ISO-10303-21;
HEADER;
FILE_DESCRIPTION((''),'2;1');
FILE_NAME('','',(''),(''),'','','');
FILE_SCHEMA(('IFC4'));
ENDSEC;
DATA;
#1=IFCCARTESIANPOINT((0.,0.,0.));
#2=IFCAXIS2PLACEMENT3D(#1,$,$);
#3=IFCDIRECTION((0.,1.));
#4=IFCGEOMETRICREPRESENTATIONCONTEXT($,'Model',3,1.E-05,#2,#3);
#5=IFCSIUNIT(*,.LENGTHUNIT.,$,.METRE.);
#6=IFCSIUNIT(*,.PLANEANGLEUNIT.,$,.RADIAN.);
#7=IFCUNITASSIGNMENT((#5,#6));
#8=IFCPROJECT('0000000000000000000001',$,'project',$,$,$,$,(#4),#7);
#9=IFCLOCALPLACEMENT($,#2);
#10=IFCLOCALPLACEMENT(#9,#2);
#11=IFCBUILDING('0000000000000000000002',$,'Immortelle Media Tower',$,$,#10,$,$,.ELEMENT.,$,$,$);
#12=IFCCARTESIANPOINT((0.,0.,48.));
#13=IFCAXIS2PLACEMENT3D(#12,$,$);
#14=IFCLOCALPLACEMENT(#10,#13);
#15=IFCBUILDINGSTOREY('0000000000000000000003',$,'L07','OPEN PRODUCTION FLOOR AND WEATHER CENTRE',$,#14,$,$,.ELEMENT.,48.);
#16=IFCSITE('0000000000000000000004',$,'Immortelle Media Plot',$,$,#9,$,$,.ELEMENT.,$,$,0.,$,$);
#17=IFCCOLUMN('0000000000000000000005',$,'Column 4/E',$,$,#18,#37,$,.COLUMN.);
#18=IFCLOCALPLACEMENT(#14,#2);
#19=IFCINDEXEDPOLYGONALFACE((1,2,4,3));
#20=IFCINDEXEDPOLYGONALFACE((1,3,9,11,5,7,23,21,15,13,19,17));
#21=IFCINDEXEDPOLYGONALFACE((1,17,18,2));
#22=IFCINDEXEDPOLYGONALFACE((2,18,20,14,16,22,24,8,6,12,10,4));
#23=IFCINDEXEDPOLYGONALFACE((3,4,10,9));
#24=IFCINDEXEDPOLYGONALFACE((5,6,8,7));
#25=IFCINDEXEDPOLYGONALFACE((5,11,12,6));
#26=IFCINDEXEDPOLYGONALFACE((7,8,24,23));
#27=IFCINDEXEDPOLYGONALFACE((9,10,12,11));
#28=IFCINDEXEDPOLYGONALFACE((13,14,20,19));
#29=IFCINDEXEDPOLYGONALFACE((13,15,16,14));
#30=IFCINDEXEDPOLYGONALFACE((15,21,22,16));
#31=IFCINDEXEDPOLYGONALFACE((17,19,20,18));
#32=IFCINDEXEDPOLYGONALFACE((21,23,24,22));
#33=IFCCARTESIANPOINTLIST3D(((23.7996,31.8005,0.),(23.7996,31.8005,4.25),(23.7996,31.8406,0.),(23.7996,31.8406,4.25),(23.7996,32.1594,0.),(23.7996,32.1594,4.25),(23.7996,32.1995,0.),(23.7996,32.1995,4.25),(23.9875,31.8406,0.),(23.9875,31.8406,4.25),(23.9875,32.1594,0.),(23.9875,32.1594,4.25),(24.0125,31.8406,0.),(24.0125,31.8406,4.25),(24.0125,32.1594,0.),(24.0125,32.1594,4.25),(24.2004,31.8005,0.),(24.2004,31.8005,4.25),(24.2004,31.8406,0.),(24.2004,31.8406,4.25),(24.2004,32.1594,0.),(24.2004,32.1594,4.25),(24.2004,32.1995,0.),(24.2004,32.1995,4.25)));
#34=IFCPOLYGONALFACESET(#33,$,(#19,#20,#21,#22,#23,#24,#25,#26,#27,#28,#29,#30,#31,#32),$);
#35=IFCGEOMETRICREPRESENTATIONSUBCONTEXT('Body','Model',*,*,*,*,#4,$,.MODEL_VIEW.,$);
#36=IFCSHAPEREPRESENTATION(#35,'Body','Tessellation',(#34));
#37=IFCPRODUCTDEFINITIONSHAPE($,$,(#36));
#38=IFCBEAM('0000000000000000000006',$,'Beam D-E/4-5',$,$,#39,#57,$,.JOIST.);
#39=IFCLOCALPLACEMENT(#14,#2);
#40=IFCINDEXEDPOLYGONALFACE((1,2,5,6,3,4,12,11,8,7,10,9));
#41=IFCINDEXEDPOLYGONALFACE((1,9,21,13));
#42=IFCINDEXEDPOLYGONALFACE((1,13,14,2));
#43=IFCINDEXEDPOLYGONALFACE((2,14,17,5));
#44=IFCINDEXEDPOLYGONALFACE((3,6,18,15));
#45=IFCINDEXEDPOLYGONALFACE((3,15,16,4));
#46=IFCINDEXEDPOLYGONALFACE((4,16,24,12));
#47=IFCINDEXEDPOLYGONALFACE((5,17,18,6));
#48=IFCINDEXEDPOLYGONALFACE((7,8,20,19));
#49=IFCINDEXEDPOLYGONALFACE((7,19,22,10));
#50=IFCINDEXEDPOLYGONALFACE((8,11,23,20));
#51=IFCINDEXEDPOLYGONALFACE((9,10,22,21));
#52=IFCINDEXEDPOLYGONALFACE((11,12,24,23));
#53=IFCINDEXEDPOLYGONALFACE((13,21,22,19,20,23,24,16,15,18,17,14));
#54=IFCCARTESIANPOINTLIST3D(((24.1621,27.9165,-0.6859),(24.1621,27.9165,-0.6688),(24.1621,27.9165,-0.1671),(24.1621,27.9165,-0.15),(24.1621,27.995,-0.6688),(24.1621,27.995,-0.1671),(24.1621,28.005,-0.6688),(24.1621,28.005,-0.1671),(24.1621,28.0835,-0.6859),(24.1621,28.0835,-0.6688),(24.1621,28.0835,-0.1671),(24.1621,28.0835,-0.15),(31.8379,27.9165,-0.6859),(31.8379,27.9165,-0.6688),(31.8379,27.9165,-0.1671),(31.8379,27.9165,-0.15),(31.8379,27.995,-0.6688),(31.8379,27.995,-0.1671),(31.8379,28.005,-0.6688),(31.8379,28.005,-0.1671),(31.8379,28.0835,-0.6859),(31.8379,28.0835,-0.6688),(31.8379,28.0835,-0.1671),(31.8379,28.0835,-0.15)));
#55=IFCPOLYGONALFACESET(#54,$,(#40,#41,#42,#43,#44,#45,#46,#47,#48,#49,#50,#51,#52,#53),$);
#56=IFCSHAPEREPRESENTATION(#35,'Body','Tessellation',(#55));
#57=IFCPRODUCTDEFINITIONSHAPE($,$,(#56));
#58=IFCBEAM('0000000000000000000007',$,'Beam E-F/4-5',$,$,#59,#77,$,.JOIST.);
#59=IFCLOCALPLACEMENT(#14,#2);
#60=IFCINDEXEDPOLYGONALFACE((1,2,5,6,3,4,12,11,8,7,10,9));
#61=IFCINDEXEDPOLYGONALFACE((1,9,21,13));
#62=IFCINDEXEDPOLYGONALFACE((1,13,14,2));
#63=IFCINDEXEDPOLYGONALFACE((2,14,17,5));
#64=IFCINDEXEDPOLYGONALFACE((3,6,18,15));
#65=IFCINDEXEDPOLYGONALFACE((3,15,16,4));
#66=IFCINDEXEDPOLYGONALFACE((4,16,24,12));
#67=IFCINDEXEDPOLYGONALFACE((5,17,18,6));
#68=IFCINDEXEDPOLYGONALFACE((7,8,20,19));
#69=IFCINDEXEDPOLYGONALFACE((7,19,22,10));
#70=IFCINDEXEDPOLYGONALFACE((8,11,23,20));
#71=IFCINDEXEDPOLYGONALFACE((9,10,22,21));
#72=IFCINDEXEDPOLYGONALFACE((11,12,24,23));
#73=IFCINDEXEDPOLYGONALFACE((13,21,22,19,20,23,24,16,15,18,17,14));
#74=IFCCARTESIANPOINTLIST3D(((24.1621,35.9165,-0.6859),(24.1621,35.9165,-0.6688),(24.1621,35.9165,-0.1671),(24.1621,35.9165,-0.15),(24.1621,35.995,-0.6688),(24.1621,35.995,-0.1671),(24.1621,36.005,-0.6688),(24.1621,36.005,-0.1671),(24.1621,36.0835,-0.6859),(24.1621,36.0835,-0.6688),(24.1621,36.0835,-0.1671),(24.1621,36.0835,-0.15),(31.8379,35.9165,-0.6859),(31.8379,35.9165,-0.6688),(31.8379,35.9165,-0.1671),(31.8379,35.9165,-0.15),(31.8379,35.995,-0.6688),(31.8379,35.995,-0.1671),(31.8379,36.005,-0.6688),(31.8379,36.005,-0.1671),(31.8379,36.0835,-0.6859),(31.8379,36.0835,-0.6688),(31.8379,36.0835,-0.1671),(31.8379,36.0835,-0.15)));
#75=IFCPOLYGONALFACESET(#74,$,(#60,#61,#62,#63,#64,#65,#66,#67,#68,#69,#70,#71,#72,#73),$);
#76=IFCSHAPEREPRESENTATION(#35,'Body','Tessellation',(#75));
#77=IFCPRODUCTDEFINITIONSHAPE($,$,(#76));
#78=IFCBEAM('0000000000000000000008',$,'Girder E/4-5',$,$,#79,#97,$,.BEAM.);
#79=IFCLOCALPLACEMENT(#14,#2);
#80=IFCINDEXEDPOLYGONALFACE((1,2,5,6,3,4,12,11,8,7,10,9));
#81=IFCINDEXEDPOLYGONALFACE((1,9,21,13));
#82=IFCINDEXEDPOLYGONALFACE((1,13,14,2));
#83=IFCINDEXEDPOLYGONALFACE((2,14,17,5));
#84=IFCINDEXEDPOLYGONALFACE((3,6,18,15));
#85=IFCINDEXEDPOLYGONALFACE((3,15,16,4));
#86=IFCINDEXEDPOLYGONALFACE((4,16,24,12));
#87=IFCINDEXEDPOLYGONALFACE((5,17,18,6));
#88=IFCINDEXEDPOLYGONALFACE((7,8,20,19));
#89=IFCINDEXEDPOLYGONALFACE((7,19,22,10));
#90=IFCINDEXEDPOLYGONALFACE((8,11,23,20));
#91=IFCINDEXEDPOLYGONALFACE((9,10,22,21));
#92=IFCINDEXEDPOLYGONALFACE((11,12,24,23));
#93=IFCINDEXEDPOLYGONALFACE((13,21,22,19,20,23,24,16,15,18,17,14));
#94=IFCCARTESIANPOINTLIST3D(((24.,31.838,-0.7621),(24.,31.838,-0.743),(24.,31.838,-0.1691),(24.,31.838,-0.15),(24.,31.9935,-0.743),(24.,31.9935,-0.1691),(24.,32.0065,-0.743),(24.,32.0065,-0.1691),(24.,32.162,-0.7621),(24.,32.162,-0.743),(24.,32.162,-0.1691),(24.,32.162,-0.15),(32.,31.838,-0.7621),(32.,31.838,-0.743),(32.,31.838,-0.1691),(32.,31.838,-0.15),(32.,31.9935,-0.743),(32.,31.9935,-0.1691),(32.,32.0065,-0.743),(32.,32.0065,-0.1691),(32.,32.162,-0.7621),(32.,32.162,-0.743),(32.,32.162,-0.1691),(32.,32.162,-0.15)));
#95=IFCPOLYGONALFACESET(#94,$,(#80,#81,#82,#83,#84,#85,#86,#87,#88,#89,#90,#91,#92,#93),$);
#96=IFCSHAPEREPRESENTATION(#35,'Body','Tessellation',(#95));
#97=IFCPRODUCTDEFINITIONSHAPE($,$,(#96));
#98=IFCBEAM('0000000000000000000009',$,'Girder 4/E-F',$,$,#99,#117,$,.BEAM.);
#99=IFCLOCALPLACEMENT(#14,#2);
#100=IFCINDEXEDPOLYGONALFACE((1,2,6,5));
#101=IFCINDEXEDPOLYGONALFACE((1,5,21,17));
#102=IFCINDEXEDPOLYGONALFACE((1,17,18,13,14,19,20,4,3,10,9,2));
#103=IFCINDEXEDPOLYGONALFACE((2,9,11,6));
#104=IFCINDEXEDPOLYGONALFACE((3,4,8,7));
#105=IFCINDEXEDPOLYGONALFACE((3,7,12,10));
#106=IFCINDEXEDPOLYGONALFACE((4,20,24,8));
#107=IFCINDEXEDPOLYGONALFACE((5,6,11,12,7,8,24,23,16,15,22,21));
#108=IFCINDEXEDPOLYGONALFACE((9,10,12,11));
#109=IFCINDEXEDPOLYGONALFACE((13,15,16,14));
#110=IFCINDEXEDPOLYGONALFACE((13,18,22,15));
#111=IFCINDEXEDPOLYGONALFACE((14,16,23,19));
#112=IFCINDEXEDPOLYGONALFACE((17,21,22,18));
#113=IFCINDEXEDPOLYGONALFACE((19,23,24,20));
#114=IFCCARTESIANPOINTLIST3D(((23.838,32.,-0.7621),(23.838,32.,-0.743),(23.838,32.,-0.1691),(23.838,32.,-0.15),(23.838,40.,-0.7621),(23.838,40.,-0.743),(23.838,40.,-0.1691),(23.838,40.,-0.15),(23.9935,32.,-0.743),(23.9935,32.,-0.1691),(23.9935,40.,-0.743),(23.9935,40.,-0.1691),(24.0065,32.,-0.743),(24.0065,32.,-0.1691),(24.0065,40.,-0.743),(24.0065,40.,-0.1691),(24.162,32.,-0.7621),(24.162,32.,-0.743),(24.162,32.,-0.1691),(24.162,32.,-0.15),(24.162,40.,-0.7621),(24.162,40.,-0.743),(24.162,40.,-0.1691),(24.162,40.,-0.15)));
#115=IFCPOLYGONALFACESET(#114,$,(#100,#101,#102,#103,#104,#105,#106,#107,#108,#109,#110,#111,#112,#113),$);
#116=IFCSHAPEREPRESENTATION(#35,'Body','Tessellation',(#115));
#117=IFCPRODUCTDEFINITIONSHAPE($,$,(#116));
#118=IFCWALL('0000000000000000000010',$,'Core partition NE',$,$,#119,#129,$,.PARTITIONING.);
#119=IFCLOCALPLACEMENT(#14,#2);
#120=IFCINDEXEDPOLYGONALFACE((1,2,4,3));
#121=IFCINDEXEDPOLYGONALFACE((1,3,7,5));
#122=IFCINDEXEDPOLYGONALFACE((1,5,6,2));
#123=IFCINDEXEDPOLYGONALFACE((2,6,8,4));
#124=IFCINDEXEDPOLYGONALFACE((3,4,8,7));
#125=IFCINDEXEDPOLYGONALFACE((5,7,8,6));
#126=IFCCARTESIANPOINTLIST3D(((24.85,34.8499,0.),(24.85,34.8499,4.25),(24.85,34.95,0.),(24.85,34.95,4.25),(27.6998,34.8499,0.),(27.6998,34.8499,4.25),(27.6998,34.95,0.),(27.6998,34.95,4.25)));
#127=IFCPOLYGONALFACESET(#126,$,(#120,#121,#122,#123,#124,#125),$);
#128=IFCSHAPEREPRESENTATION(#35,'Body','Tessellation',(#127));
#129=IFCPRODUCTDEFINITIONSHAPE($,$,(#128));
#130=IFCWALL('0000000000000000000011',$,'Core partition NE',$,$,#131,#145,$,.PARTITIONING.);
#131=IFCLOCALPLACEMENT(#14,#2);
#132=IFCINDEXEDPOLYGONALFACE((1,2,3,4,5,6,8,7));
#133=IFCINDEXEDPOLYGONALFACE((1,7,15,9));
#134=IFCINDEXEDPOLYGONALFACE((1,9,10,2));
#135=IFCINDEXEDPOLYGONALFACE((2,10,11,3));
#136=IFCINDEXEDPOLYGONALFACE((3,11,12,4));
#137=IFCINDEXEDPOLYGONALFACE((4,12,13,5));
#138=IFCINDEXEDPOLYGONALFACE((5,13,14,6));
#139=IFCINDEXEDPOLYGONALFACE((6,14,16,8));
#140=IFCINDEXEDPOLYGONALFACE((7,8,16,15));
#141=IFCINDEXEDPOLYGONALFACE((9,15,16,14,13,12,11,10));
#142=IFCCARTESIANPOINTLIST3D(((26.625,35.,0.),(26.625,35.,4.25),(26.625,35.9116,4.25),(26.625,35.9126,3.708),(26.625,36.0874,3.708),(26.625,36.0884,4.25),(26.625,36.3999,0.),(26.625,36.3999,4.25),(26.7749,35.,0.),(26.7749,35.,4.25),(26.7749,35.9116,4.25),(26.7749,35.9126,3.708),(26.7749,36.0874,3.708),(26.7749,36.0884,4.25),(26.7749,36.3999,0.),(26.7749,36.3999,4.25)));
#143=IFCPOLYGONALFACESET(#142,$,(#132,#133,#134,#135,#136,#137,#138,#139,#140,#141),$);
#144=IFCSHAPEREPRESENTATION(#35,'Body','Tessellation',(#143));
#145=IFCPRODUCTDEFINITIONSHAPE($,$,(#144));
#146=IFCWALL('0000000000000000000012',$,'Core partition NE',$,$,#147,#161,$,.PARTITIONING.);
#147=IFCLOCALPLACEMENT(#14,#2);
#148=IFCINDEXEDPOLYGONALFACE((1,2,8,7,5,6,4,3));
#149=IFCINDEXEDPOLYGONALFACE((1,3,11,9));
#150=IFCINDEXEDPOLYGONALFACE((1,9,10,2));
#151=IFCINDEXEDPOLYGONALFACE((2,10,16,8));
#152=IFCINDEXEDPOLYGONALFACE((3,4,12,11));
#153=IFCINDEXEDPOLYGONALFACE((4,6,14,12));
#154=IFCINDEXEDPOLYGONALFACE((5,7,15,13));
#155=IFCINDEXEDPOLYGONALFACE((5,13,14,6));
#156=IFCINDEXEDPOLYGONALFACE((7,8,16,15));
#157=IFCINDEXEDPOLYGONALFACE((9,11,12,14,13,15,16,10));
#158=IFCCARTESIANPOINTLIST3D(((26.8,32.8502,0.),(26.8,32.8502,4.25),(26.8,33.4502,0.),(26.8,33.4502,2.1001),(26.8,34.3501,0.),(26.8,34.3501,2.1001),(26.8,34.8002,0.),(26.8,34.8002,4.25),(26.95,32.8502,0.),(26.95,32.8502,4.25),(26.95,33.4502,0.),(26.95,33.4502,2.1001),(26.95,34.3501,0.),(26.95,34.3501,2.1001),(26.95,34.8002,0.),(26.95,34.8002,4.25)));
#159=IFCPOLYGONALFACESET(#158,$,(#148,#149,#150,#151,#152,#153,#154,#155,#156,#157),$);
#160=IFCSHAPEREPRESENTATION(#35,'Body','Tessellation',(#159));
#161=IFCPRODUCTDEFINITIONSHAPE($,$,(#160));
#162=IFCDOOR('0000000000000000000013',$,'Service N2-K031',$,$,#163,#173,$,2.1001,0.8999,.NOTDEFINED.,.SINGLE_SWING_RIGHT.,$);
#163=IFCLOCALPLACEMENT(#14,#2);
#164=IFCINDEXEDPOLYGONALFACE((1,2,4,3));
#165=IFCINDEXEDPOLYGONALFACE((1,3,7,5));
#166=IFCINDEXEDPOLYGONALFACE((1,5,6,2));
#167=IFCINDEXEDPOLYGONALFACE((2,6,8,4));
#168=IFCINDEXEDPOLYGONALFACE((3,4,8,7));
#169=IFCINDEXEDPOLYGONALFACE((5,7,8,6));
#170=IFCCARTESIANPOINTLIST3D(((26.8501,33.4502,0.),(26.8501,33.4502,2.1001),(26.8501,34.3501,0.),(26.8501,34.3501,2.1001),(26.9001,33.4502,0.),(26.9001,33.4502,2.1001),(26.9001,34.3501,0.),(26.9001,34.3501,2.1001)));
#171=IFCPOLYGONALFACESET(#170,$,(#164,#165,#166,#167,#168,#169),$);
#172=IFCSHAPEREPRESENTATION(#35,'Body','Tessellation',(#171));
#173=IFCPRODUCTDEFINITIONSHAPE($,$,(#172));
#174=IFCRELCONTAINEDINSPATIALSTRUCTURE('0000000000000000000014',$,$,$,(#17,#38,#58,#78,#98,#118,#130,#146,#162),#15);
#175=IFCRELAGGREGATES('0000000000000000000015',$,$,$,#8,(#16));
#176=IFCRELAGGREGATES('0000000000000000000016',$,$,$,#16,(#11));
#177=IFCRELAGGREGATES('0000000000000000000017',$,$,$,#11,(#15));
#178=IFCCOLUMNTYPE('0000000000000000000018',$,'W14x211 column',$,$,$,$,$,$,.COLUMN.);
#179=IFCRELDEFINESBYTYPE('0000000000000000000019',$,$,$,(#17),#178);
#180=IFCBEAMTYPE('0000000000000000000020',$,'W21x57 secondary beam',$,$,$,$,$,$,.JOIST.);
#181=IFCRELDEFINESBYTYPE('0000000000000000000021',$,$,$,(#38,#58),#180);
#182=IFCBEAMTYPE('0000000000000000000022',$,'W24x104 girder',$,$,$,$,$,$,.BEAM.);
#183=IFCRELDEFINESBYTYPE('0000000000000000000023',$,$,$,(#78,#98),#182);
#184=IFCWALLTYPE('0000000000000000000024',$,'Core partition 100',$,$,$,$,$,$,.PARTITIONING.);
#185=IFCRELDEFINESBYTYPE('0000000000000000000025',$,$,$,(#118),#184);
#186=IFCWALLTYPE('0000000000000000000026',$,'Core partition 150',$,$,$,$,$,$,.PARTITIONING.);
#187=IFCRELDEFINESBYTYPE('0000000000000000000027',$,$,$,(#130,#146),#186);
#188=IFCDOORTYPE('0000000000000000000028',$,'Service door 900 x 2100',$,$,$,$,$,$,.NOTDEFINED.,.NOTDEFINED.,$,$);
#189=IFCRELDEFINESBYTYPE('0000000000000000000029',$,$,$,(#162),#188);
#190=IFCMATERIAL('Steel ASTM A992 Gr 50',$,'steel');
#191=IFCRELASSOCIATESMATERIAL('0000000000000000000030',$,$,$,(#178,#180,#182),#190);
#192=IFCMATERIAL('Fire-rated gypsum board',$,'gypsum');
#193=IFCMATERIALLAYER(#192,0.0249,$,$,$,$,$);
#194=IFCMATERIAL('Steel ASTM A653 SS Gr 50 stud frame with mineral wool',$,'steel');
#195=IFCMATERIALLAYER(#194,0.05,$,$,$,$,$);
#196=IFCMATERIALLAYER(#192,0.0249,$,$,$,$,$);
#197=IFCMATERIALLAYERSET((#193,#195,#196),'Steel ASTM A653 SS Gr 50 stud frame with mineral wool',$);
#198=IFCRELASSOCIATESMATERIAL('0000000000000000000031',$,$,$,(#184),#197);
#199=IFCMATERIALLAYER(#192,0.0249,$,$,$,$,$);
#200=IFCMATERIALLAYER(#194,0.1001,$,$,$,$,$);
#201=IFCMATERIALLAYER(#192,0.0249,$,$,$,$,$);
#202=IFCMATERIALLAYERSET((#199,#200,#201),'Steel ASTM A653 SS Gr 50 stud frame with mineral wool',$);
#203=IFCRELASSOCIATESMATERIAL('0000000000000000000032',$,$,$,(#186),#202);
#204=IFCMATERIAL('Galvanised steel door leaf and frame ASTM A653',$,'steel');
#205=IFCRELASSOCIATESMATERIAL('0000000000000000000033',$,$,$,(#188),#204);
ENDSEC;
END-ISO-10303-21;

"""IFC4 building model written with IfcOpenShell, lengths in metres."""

from ifc_helpers import new_model, si_unit, direction, frame, frame_2d, origin, origin_2d, place, context, subcontext, project, spatial, polyline, rectangle, i_section, outline, extrude, material, layer, layer_set, material_profile, profile_set, type_object, element, fill, save


model = new_model("IFC4")

# Units and contexts
model_context = context("Model", 3, precision=1e-05, world=origin(), true_north=direction((0.0, 1.0)))
body_context = subcontext(model_context, "Body", "Model", "MODEL_VIEW")
ifc_project = project(units=[si_unit("LENGTHUNIT", "METRE"), si_unit("PLANEANGLEUNIT", "RADIAN")], contexts=[model_context])

# Site, building, storey
site_placement = place(None, origin())
site = spatial("IfcSite", under=ifc_project, at=site_placement, Name="Immortelle Media Plot", CompositionType="ELEMENT", RefElevation=0.0)
building_placement = place(site_placement, origin())
building = spatial("IfcBuilding", under=site, at=building_placement, Name="Immortelle Media Tower", CompositionType="ELEMENT")
storey_placement = place(building_placement, frame((0.0, 0.0, 48.0)))
storey = spatial("IfcBuildingStorey", under=building, at=storey_placement, Name="L07", Description="OPEN PRODUCTION FLOOR AND WEATHER CENTRE", CompositionType="ELEMENT", Elevation=48.0)

# Column
ifc_material_1 = material(Name="Steel ASTM A992 Gr 50", Category="steel")
ifc_material_profile_1 = material_profile(ifc_material_1, i_section(OverallWidth=0.4009, OverallDepth=0.3989, WebThickness=0.0249, FlangeThickness=0.04, at=origin_2d()), Name="W14x211")
ifc_profile_set_1 = profile_set([ifc_material_profile_1], Name="Steel ASTM A992 Gr 50")
column_type = type_object("IfcColumnType", Name="W14x211 column", PredefinedType="COLUMN", material=ifc_profile_set_1)
column_placement = place(storey_placement, frame((24.0, 32.0, 0.0), z_axis=(0.0, 0.0, 1.0), x_axis=(1.0, 0.0, 0.0)))
element("IfcColumn", 1, at=column_placement, inside=storey, type_object=column_type, Name="Column 4/E", PredefinedType="COLUMN", context=body_context, shape_type="SweptSolid", body=[
    extrude(i_section(OverallWidth=0.4009, OverallDepth=0.3989, WebThickness=0.0249, FlangeThickness=0.04, at=origin_2d()), origin(), (0.0, 0.0, 1.0), 4.25),
])

# Beams
ifc_material_profile_2 = material_profile(ifc_material_1, i_section(OverallWidth=0.167, OverallDepth=0.5359, WebThickness=0.01, FlangeThickness=0.0171, at=origin_2d()), Name="W21x57")
ifc_profile_set_2 = profile_set([ifc_material_profile_2], Name="Steel ASTM A992 Gr 50")
beam_type_1 = type_object("IfcBeamType", Name="W21x57 secondary beam", PredefinedType="JOIST", material=ifc_profile_set_2)
for number, where, z_axis, x_axis, name in (
    (2, (24.1621, 28.0, -0.418), (1.0, 0.0, 0.0), (0.0, 1.0, 0.0), "Beam D-E/4-5"),
    (3, (24.1621, 36.0, -0.418), (1.0, 0.0, 0.0), (0.0, 1.0, 0.0), "Beam E-F/4-5"),
):
    element("IfcBeam", number, at=place(storey_placement, frame(where, z_axis=z_axis, x_axis=x_axis)), inside=storey, type_object=beam_type_1, Name=name, PredefinedType="JOIST", context=body_context, shape_type="SweptSolid", body=[
        extrude(i_section(OverallWidth=0.167, OverallDepth=0.5359, WebThickness=0.01, FlangeThickness=0.0171, at=origin_2d()), origin(), (0.0, 0.0, 1.0), 7.6758),
    ])
ifc_material_profile_3 = material_profile(ifc_material_1, i_section(OverallWidth=0.324, OverallDepth=0.6121, WebThickness=0.0129, FlangeThickness=0.019, at=origin_2d()), Name="W24x104")
ifc_profile_set_3 = profile_set([ifc_material_profile_3], Name="Steel ASTM A992 Gr 50")
beam_type_2 = type_object("IfcBeamType", Name="W24x104 girder", PredefinedType="BEAM", material=ifc_profile_set_3)
for number, where, z_axis, x_axis, name in (
    (4, (24.0, 32.0, -0.4561), (1.0, 0.0, 0.0), (0.0, 1.0, 0.0), "Girder E/4-5"),
    (5, (24.0, 32.0, -0.4561), (0.0, 1.0, 0.0), (-1.0, 0.0, 0.0), "Girder 4/E-F"),
):
    element("IfcBeam", number, at=place(storey_placement, frame(where, z_axis=z_axis, x_axis=x_axis)), inside=storey, type_object=beam_type_2, Name=name, PredefinedType="BEAM", context=body_context, shape_type="SweptSolid", body=[
        extrude(i_section(OverallWidth=0.324, OverallDepth=0.6121, WebThickness=0.0129, FlangeThickness=0.019, at=origin_2d()), origin(), (0.0, 0.0, 1.0), 8.0),
    ])

# Walls
ifc_material_2 = material(Name="Fire-rated gypsum board", Category="gypsum")
ifc_layer_1 = layer(ifc_material_2, 0.0249)
ifc_material_3 = material(Name="Steel ASTM A653 SS Gr 50 stud frame with mineral wool", Category="steel")
ifc_layer_2 = layer(ifc_material_3, 0.05)
ifc_layer_3 = layer(ifc_material_2, 0.0249)
ifc_layer_set_1 = layer_set([ifc_layer_1, ifc_layer_2, ifc_layer_3], Name="Steel ASTM A653 SS Gr 50 stud frame with mineral wool")
wall_type_1 = type_object("IfcWallType", Name="Core partition 100", PredefinedType="PARTITIONING", material=ifc_layer_set_1)
wall_1_placement = place(storey_placement, frame((24.8501, 34.8999, 0.0), z_axis=(0.0, 0.0, 1.0), x_axis=(1.0, 0.0, 0.0)))
element("IfcWall", 6, at=wall_1_placement, inside=storey, type_object=wall_type_1, Name="Core partition NE", PredefinedType="PARTITIONING", context=body_context, shape_type="SweptSolid", body=[
    extrude(rectangle(XDim=2.8499, YDim=0.1001, at=frame_2d((1.4248, 0.0))), origin(), (0.0, 0.0, 1.0), 4.25),
])
ifc_layer_4 = layer(ifc_material_2, 0.0249)
ifc_layer_5 = layer(ifc_material_3, 0.1001)
ifc_layer_6 = layer(ifc_material_2, 0.0249)
ifc_layer_set_2 = layer_set([ifc_layer_4, ifc_layer_5, ifc_layer_6], Name="Steel ASTM A653 SS Gr 50 stud frame with mineral wool")
wall_type_2 = type_object("IfcWallType", Name="Core partition 150", PredefinedType="PARTITIONING", material=ifc_layer_set_2)
wall_2_placement = place(storey_placement, frame((26.7, 35.0, 0.0), z_axis=(0.0, 0.0, 1.0), x_axis=(0.0, 1.0, 0.0)))
element("IfcWall", 7, at=wall_2_placement, inside=storey, type_object=wall_type_2, Name="Core partition NE", PredefinedType="PARTITIONING", context=body_context, shape_type="SweptSolid", body=[
    extrude(outline(polyline([(0.0, 0.0), (1.3999, 0.0), (1.3999, 4.25), (1.0884, 4.25), (1.0874, 3.708), (0.9126, 3.708), (0.9116, 4.25), (0.0, 4.25), (0.0, 0.0)])), frame((0.0, 0.075, 0.0), z_axis=(0.0, -1.0, 0.0), x_axis=(1.0, 0.0, 0.0)), (0.0, 0.0, 1.0), 0.1499),
])

# Wall, opening, door
wall_3_placement = place(storey_placement, frame((26.875, 32.8501, 0.0), z_axis=(0.0, 0.0, 1.0), x_axis=(0.0, 1.0, 0.0)))
wall_3 = element("IfcWall", 8, at=wall_3_placement, inside=storey, type_object=wall_type_2, Name="Core partition NE", PredefinedType="PARTITIONING", context=body_context, shape_type="SweptSolid", body=[
    extrude(rectangle(XDim=1.95, YDim=0.1499, at=frame_2d((0.9751, 0.0))), origin(), (0.0, 0.0, 1.0), 4.25),
])
opening_1_placement = place(wall_3_placement, frame((0.6001, 0.0, 0.0)))
opening_1 = element("IfcOpeningElement", 9, at=opening_1_placement, cuts=wall_3, PredefinedType="OPENING", context=body_context, shape_type="SweptSolid", body=[
    extrude(rectangle(XDim=0.8999, YDim=2.1001, at=frame_2d((0.45, 1.05))), frame((0.0, 0.085, 0.0), z_axis=(0.0, -1.0, 0.0), x_axis=(1.0, 0.0, 0.0)), (0.0, 0.0, 1.0), 0.1699),
])
ifc_material_4 = material(Name="Galvanised steel door leaf and frame ASTM A653", Category="steel")
door_type_1 = type_object("IfcDoorType", Name="Service door 900 x 2100", OperationType="NOTDEFINED", PredefinedType="NOTDEFINED", material=ifc_material_4)
door_1_placement = place(opening_1_placement, origin())
door_1 = element("IfcDoor", 10, at=door_1_placement, inside=storey, type_object=door_type_1, Name="Service N2-K031", OperationType="SINGLE_SWING_RIGHT", OverallHeight=2.1001, OverallWidth=0.8999, PredefinedType="NOTDEFINED", context=body_context, shape_type="SweptSolid", body=[
    extrude(rectangle(XDim=0.8999, YDim=2.1001, at=frame_2d((0.45, 1.05))), frame((0.0, 0.0249, 0.0), z_axis=(0.0, -1.0, 0.0), x_axis=(1.0, 0.0, 0.0)), (0.0, 0.0, 1.0), 0.05),
])
fill(opening_1, door_1)

save(model, "model.ifc")
